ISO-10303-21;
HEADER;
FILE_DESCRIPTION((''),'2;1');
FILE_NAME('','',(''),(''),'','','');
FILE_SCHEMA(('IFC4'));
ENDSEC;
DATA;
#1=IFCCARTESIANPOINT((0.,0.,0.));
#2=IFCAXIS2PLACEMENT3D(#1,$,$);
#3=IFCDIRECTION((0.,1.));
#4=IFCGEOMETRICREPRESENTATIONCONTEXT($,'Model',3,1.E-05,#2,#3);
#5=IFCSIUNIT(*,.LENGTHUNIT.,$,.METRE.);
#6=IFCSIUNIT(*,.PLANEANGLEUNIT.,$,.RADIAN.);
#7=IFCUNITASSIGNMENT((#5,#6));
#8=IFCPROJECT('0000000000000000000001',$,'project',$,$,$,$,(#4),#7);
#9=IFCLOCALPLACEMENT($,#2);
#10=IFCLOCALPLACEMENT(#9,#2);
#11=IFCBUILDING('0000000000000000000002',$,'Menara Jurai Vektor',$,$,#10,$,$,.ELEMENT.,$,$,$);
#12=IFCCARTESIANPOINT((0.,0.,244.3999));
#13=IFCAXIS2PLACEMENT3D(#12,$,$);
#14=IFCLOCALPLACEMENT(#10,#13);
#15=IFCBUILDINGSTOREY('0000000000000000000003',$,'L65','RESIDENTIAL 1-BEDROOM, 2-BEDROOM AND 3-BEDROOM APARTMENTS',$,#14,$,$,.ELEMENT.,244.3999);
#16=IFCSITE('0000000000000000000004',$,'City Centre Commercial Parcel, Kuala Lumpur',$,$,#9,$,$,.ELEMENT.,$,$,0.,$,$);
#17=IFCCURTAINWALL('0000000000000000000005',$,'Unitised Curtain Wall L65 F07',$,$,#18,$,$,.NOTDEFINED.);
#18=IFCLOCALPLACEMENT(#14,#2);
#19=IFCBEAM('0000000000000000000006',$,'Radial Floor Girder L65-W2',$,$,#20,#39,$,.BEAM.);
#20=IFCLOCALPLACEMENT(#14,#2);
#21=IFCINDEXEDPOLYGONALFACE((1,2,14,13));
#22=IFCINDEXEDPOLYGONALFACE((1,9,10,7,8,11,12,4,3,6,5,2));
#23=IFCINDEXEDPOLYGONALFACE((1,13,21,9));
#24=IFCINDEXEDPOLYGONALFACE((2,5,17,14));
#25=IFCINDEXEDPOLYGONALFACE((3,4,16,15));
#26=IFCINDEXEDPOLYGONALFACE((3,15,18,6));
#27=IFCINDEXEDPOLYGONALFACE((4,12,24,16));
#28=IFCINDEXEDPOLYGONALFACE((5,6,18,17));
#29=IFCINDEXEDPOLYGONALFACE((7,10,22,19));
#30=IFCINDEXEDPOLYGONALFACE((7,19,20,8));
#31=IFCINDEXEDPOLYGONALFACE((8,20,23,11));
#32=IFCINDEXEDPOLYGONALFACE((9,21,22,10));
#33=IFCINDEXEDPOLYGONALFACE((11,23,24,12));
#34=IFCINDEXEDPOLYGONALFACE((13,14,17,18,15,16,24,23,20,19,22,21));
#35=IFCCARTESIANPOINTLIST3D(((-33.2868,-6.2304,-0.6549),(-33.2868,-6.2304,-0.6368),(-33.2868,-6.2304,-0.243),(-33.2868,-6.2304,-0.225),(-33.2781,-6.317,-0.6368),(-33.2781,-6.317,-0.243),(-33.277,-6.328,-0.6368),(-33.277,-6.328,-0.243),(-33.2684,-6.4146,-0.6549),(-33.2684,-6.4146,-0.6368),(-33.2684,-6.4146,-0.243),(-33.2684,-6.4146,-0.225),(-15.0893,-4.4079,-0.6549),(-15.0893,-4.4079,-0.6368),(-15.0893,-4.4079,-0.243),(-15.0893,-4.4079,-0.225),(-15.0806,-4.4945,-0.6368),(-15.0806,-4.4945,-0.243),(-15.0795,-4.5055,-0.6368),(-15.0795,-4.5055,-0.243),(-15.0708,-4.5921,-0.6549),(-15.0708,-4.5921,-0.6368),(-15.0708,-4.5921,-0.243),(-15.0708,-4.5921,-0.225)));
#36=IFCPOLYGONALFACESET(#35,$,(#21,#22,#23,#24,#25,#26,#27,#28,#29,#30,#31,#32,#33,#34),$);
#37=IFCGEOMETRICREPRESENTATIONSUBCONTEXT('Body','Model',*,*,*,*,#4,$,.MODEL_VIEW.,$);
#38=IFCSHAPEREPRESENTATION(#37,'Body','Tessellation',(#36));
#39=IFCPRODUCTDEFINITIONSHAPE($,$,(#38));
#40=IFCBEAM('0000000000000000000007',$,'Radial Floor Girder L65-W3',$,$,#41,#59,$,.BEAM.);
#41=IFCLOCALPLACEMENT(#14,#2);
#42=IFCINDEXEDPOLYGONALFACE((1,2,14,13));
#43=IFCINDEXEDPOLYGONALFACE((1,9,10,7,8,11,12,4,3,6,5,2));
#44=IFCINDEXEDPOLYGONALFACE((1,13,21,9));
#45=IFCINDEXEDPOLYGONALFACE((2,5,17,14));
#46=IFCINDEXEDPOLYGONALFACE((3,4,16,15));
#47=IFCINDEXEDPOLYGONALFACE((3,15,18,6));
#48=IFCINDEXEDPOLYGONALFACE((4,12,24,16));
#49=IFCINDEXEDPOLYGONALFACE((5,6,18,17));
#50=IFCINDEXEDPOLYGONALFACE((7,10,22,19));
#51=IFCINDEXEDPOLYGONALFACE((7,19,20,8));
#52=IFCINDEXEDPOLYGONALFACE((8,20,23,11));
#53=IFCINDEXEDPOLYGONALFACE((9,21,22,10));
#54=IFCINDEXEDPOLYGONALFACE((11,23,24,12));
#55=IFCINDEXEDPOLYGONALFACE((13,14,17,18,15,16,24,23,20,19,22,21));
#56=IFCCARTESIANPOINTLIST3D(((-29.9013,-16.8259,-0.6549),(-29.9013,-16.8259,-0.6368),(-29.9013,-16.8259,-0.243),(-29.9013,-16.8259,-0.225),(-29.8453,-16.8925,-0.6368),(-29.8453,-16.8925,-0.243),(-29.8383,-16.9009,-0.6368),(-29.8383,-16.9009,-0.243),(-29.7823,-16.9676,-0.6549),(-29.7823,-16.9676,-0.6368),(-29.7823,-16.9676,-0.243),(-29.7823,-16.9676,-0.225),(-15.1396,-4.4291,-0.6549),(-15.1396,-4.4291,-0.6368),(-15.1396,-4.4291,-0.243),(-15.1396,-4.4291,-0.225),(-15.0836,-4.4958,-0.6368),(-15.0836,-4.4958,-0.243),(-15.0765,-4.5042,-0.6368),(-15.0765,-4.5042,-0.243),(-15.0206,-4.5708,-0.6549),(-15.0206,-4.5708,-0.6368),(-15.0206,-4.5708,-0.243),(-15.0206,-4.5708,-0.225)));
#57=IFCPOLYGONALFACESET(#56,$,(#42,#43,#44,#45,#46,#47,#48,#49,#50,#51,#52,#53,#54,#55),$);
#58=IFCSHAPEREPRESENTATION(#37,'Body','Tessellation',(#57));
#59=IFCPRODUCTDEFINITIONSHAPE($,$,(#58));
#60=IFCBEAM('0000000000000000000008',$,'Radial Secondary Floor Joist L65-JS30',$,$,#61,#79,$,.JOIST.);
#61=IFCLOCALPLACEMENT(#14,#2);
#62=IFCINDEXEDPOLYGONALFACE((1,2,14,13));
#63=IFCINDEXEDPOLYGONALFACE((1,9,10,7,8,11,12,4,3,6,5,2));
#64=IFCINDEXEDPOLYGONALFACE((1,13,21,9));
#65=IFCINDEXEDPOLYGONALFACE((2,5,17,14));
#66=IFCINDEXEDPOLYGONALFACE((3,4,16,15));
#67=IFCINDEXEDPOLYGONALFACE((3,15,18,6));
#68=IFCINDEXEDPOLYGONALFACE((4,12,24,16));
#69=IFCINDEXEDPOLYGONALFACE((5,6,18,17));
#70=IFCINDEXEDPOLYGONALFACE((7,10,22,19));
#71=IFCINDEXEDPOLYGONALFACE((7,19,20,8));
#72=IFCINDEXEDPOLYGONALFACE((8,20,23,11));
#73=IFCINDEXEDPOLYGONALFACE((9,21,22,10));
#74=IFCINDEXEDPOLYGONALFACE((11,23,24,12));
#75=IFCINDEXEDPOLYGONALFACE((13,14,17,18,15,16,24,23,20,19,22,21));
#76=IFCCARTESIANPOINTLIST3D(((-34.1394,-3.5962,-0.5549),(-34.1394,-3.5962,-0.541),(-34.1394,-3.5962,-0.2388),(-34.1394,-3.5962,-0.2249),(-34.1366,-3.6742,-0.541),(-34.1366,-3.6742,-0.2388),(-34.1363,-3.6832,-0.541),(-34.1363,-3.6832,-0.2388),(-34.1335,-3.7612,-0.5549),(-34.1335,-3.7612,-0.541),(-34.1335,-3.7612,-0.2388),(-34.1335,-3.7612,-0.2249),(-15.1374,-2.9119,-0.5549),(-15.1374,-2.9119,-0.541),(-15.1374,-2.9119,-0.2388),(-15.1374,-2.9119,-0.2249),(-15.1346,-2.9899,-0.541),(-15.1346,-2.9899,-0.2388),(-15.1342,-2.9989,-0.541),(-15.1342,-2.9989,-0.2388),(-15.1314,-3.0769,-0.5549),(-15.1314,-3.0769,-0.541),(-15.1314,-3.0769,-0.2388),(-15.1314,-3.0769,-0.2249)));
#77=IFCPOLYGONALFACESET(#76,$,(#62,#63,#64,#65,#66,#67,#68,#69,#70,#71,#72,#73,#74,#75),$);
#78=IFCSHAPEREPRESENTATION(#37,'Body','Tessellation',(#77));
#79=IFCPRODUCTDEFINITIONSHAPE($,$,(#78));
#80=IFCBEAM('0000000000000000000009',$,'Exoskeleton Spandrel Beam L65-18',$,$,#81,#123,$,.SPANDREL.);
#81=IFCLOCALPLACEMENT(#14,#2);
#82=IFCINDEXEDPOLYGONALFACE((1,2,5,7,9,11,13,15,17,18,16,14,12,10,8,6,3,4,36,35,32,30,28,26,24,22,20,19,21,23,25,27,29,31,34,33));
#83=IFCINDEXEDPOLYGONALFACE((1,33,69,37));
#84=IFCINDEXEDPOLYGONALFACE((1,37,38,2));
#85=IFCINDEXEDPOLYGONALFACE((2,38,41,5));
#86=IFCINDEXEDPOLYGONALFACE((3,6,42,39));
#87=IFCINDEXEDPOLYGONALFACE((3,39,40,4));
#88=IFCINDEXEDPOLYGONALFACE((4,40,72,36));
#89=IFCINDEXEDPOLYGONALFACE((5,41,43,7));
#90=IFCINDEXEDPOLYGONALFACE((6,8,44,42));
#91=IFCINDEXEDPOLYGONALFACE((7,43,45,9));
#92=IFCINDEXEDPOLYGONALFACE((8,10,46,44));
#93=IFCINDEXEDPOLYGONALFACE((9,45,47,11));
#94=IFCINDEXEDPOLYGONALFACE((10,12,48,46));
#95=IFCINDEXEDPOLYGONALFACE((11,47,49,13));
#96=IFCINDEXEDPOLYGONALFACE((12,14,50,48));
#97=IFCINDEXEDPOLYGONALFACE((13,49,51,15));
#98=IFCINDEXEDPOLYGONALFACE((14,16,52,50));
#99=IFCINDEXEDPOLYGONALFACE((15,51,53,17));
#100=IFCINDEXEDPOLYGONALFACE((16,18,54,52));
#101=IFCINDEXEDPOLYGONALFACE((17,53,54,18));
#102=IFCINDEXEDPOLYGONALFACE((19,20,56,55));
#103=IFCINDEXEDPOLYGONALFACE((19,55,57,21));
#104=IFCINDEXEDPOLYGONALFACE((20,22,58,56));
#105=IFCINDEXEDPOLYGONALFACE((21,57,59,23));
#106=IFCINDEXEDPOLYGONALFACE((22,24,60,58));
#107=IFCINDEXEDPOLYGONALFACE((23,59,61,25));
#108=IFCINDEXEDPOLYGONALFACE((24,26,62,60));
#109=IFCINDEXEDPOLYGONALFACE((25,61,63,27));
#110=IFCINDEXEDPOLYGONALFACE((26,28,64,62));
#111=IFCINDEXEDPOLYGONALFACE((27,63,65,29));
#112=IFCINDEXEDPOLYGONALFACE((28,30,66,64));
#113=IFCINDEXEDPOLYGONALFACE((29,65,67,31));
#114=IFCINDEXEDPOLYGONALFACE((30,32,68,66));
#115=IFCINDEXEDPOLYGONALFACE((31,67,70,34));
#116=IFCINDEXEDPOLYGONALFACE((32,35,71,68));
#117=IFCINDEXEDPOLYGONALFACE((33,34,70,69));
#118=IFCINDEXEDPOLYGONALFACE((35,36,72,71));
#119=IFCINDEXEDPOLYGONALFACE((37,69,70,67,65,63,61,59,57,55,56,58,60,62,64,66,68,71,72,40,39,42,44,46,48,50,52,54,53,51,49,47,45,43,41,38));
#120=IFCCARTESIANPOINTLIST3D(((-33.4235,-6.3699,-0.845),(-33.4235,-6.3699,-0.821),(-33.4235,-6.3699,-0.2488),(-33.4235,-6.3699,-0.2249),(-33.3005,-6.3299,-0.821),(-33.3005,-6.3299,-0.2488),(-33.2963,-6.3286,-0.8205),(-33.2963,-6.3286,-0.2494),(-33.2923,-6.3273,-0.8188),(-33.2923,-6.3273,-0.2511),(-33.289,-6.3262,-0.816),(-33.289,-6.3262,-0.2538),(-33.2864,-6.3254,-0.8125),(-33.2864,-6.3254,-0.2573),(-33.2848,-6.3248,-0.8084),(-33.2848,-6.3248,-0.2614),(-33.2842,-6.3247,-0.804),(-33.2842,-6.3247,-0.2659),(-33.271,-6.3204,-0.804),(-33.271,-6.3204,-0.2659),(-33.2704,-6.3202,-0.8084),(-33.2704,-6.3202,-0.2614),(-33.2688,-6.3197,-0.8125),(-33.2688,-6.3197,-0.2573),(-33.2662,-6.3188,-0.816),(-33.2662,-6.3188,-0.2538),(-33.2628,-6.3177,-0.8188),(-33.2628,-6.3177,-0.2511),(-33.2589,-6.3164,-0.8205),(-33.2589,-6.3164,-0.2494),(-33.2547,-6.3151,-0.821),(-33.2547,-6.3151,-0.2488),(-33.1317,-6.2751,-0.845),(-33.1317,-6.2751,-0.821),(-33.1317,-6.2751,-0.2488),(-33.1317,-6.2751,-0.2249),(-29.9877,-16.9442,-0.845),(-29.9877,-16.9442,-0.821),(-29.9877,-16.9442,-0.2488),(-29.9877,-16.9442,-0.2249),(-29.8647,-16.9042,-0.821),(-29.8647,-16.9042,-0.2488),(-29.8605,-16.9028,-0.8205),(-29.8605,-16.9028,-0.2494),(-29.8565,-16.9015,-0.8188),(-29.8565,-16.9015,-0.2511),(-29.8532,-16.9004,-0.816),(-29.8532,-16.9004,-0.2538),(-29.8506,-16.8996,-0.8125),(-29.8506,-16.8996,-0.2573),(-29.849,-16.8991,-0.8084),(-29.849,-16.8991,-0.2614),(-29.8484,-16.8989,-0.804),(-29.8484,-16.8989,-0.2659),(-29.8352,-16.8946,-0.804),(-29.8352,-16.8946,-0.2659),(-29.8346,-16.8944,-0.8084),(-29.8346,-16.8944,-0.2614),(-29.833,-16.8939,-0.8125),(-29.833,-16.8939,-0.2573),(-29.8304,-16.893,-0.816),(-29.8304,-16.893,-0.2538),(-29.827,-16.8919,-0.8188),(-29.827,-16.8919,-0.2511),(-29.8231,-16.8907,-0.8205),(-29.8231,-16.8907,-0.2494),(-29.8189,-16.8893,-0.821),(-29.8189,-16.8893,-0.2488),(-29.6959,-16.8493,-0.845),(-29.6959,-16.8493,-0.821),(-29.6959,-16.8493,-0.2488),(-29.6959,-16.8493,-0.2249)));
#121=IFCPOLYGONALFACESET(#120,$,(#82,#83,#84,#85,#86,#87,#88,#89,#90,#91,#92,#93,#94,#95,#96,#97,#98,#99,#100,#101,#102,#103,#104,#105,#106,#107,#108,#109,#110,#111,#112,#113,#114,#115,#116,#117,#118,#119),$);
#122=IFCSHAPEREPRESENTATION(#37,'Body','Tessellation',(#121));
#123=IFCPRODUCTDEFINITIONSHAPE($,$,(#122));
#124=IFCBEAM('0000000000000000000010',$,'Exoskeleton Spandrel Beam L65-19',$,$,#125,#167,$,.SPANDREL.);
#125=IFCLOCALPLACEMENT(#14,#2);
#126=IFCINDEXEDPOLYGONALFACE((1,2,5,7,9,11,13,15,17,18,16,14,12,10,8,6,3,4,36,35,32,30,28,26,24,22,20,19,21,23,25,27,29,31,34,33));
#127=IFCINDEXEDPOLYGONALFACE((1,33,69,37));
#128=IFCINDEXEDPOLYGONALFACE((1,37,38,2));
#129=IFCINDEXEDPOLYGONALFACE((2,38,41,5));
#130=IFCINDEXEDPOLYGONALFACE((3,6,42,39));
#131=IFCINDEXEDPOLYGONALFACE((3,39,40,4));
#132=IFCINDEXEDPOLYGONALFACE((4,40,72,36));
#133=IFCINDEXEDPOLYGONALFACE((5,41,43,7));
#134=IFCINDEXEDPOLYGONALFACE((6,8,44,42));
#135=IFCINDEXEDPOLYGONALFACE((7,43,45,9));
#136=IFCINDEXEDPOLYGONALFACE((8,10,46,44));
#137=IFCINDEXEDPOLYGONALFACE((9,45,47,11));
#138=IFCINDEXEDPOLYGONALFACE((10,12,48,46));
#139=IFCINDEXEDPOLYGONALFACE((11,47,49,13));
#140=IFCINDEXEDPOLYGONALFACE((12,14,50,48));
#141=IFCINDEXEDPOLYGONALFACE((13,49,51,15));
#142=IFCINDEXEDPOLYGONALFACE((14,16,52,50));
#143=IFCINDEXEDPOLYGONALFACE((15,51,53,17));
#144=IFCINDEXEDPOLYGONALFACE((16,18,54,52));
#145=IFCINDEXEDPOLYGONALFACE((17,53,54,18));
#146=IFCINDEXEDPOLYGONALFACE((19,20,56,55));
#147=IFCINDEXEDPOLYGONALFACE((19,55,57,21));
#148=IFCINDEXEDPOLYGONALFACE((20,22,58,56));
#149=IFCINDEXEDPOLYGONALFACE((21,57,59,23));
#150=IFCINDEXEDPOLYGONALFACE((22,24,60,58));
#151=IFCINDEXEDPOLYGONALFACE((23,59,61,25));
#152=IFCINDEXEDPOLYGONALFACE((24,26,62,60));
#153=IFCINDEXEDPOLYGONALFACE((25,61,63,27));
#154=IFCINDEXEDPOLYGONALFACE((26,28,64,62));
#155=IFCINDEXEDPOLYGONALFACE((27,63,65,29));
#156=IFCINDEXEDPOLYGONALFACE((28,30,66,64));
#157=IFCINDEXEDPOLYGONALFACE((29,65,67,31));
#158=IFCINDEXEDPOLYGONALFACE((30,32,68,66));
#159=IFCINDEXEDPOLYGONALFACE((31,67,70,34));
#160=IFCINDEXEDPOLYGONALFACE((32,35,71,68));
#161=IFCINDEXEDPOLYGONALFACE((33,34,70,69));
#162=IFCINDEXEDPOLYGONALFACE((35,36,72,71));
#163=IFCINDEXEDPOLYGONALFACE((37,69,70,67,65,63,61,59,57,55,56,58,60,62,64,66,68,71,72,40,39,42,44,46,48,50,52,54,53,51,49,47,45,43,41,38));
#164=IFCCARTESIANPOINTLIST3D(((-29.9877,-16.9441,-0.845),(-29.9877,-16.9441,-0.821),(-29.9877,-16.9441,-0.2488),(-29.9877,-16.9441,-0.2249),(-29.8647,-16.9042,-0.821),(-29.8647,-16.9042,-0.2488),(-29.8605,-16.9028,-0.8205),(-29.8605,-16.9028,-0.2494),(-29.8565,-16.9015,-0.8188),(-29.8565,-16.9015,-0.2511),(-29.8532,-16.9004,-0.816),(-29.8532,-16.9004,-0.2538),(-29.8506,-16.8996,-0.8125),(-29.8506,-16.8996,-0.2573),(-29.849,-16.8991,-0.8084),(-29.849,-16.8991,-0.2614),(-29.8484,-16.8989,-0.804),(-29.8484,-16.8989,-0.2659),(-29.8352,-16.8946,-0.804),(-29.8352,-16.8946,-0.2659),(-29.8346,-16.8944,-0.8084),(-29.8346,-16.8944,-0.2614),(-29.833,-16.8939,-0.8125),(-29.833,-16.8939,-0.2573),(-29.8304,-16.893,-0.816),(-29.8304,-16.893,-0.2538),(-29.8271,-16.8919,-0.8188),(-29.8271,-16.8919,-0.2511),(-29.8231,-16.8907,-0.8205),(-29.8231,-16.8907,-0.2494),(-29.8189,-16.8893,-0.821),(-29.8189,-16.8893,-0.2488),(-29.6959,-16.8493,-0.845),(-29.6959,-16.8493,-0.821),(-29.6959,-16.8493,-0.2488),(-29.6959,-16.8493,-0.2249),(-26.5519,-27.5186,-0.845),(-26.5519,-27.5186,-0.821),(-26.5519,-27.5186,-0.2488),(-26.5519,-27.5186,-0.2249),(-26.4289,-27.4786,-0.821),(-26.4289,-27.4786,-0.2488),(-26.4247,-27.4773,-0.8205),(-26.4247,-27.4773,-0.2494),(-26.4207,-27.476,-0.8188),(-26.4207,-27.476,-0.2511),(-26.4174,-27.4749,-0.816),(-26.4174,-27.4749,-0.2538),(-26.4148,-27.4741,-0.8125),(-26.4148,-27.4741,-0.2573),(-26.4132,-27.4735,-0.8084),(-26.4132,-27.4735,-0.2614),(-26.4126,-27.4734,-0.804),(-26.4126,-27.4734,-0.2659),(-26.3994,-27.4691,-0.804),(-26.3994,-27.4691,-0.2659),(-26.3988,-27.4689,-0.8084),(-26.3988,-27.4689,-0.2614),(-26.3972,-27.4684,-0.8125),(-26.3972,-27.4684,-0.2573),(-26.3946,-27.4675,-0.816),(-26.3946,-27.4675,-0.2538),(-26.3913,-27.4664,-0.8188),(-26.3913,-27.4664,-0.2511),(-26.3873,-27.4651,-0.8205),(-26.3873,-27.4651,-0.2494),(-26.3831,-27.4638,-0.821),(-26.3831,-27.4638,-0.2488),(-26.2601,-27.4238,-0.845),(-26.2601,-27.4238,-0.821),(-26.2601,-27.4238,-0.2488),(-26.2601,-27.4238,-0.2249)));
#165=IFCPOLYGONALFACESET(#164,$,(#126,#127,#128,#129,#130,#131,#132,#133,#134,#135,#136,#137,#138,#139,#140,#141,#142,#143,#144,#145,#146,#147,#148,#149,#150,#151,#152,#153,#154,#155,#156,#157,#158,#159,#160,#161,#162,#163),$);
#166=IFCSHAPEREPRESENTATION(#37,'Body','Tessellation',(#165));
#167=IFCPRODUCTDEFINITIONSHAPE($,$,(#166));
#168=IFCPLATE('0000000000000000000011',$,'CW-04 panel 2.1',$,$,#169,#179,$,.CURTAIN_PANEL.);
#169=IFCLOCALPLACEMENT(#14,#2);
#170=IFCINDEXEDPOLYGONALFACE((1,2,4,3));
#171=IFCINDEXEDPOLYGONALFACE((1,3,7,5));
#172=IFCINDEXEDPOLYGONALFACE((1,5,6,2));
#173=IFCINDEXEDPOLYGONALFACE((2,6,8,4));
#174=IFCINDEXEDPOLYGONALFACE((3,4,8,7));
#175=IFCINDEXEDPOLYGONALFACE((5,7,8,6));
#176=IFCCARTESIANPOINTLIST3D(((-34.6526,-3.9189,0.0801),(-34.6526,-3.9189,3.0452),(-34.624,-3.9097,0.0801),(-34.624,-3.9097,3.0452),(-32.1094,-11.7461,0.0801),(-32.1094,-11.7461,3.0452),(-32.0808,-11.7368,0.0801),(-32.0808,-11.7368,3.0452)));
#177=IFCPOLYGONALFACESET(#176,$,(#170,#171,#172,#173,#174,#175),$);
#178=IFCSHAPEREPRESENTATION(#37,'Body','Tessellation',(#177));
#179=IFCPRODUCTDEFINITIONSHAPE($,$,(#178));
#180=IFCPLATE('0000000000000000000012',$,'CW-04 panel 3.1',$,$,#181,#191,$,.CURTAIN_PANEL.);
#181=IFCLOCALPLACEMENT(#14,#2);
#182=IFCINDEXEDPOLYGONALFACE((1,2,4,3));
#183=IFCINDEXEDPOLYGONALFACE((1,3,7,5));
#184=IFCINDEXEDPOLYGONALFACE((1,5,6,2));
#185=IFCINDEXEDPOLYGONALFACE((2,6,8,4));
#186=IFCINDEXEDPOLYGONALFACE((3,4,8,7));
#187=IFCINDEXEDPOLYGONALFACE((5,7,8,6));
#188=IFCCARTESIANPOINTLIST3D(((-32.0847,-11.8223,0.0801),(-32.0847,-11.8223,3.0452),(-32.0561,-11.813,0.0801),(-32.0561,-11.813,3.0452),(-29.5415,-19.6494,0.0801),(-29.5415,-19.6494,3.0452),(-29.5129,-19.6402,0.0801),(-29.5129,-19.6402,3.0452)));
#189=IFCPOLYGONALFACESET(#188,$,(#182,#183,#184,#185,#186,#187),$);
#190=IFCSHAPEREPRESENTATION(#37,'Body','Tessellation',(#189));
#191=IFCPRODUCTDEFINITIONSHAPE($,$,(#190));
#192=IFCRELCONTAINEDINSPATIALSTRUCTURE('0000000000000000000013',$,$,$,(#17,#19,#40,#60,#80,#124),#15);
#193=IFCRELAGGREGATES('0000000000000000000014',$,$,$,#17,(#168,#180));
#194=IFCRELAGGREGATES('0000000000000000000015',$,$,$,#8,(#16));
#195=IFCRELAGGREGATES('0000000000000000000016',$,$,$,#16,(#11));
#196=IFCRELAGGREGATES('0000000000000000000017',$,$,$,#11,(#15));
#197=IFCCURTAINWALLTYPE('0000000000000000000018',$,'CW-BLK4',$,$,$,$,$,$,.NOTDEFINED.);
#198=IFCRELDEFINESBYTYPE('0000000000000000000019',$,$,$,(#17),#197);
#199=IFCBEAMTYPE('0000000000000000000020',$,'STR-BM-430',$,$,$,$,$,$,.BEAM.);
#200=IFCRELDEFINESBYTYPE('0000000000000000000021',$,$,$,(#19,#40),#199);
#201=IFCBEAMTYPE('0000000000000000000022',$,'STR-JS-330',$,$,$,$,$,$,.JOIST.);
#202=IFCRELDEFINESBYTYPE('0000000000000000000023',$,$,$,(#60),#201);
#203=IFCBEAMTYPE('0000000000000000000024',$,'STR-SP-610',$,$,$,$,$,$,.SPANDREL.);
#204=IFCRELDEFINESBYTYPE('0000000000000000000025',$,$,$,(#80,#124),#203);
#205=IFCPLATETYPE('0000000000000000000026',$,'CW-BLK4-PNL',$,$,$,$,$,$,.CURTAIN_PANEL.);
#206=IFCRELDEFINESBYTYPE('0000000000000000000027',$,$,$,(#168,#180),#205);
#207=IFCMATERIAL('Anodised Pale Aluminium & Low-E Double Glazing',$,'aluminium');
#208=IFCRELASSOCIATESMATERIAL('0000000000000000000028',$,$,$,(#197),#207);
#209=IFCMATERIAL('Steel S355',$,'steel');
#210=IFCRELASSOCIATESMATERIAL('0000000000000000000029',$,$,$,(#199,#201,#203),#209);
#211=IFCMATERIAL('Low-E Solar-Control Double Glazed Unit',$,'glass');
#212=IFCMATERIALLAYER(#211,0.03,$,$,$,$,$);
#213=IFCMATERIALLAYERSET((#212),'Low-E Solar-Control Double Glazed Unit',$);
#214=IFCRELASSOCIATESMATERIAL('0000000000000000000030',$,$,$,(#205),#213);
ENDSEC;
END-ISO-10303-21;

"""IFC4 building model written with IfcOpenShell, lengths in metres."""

from ifc_helpers import new_model, si_unit, direction, frame, origin, origin_2d, place, context, subcontext, project, spatial, rectangle, i_section, extrude, material, layer, layer_set, material_profile, profile_set, type_object, element, aggregate, save


model = new_model("IFC4")

# Units and contexts
model_context = context("Model", 3, precision=1e-05, world=origin(), true_north=direction((0.0, 1.0)))
body_context = subcontext(model_context, "Body", "Model", "MODEL_VIEW")
ifc_project = project(units=[si_unit("LENGTHUNIT", "METRE"), si_unit("PLANEANGLEUNIT", "RADIAN")], contexts=[model_context])

# Site, building, storey
site_placement = place(None, origin())
site = spatial("IfcSite", under=ifc_project, at=site_placement, Name="City Centre Commercial Parcel, Kuala Lumpur", CompositionType="ELEMENT", RefElevation=0.0)
building_placement = place(site_placement, origin())
building = spatial("IfcBuilding", under=site, at=building_placement, Name="Menara Jurai Vektor", CompositionType="ELEMENT")
storey_placement = place(building_placement, frame((0.0, 0.0, 244.3999)))
storey = spatial("IfcBuildingStorey", under=building, at=storey_placement, Name="L65", Description="RESIDENTIAL 1-BEDROOM, 2-BEDROOM AND 3-BEDROOM APARTMENTS", CompositionType="ELEMENT", Elevation=244.3999)

# Curtain wall
ifc_material_1 = material(Name="Anodised Pale Aluminium & Low-E Double Glazing", Category="aluminium")
curtain_wall_type = type_object("IfcCurtainWallType", Name="CW-BLK4", PredefinedType="NOTDEFINED", material=ifc_material_1)
curtain_wall_placement = place(storey_placement, origin())
curtain_wall = element("IfcCurtainWall", 1, at=curtain_wall_placement, inside=storey, type_object=curtain_wall_type, Name="Unitised Curtain Wall L65 F07", PredefinedType="NOTDEFINED")

# Beams
ifc_material_2 = material(Name="Steel S355", Category="steel")
ifc_material_profile_1 = material_profile(ifc_material_2, i_section(OverallWidth=0.1851, OverallDepth=0.4299, WebThickness=0.011, FlangeThickness=0.0181, at=origin_2d()), Name="PG 430x185x76")
ifc_profile_set_1 = profile_set([ifc_material_profile_1], Name="Steel S355")
beam_type_1 = type_object("IfcBeamType", Name="STR-BM-430", PredefinedType="BEAM", material=ifc_profile_set_1)
beam_1_placement = place(storey_placement, frame((-33.2776, -6.3225, -0.4399), z_axis=(0.995022, 0.099653, 0.0), x_axis=(-0.099653, 0.995022, 0.0)))
element("IfcBeam", 2, at=beam_1_placement, inside=storey, type_object=beam_type_1, Name="Radial Floor Girder L65-W2", PredefinedType="BEAM", context=body_context, shape_type="SweptSolid", body=[
    extrude(i_section(OverallWidth=0.1851, OverallDepth=0.4299, WebThickness=0.011, FlangeThickness=0.0181, at=origin_2d()), origin(), (0.0, 0.0, 1.0), 18.2886),
])
beam_2_placement = place(storey_placement, frame((-29.8418, -16.8967, -0.4399), z_axis=(0.765784, 0.643097, 0.0), x_axis=(-0.643097, 0.765784, 0.0)))
element("IfcBeam", 3, at=beam_2_placement, inside=storey, type_object=beam_type_1, Name="Radial Floor Girder L65-W3", PredefinedType="BEAM", context=body_context, shape_type="SweptSolid", body=[
    extrude(i_section(OverallWidth=0.1851, OverallDepth=0.4299, WebThickness=0.011, FlangeThickness=0.0181, at=origin_2d()), origin(), (0.0, 0.0, 1.0), 19.2766),
])
ifc_material_profile_2 = material_profile(ifc_material_2, i_section(OverallWidth=0.165, OverallDepth=0.3301, WebThickness=0.009, FlangeThickness=0.0139, at=origin_2d()), Name="PG 330x165x46")
ifc_profile_set_2 = profile_set([ifc_material_profile_2], Name="Steel S355")
beam_type_2 = type_object("IfcBeamType", Name="STR-JS-330", PredefinedType="JOIST", material=ifc_profile_set_2)
beam_3_placement = place(storey_placement, frame((-34.1365, -3.6787, -0.3899), z_axis=(0.999352, 0.03599, 0.0), x_axis=(-0.03599, 0.999352, 0.0)))
element("IfcBeam", 4, at=beam_3_placement, inside=storey, type_object=beam_type_2, Name="Radial Secondary Floor Joist L65-JS30", PredefinedType="JOIST", context=body_context, shape_type="SweptSolid", body=[
    extrude(i_section(OverallWidth=0.165, OverallDepth=0.3301, WebThickness=0.009, FlangeThickness=0.0139, at=origin_2d()), origin(), (0.0, 0.0, 1.0), 19.0144),
])
ifc_material_profile_3 = material_profile(ifc_material_2, i_section(OverallWidth=0.3069, OverallDepth=0.6201, WebThickness=0.0139, FlangeThickness=0.0239, FilletRadius=0.0171, at=origin_2d()), Name="UKB 610x305x179")
ifc_profile_set_3 = profile_set([ifc_material_profile_3], Name="Steel S355")
beam_type_3 = type_object("IfcBeamType", Name="STR-SP-610", PredefinedType="SPANDREL", material=ifc_profile_set_3)
beam_4_placement = place(storey_placement, frame((-33.2776, -6.3225, -0.5349), z_axis=(0.309019, -0.951056, 0.0), x_axis=(0.951056, 0.309019, 0.0)))
element("IfcBeam", 5, at=beam_4_placement, inside=storey, type_object=beam_type_3, Name="Exoskeleton Spandrel Beam L65-18", PredefinedType="SPANDREL", context=body_context, shape_type="SweptSolid", body=[
    extrude(i_section(OverallWidth=0.3069, OverallDepth=0.6201, WebThickness=0.0139, FlangeThickness=0.0239, FilletRadius=0.0171, at=origin_2d()), origin(), (0.0, 0.0, 1.0), 11.1184),
])
beam_5_placement = place(storey_placement, frame((-29.8418, -16.8967, -0.5349), z_axis=(0.309012, -0.951058, 0.0), x_axis=(0.951058, 0.309012, 0.0)))
element("IfcBeam", 6, at=beam_5_placement, inside=storey, type_object=beam_type_3, Name="Exoskeleton Spandrel Beam L65-19", PredefinedType="SPANDREL", context=body_context, shape_type="SweptSolid", body=[
    extrude(i_section(OverallWidth=0.3069, OverallDepth=0.6201, WebThickness=0.0139, FlangeThickness=0.0239, FilletRadius=0.0171, at=origin_2d()), origin(), (0.0, 0.0, 1.0), 11.1187),
])

# Plates
ifc_material_3 = material(Name="Low-E Solar-Control Double Glazed Unit", Category="glass")
ifc_layer_1 = layer(ifc_material_3, 0.03)
ifc_layer_set_1 = layer_set([ifc_layer_1], Name="Low-E Solar-Control Double Glazed Unit")
plate_type_1 = type_object("IfcPlateType", Name="CW-BLK4-PNL", PredefinedType="CURTAIN_PANEL", material=ifc_layer_set_1)
plate_1_placement = place(storey_placement, frame((-33.3667, -7.8279, 0.0801), z_axis=(0.0, 0.0, 1.0), x_axis=(0.309016, -0.951057, 0.0)))
plate_1 = element("IfcPlate", 7, at=plate_1_placement, type_object=plate_type_1, Name="CW-04 panel 2.1", PredefinedType="CURTAIN_PANEL", context=body_context, shape_type="SweptSolid", body=[
    extrude(rectangle(XDim=8.23, YDim=0.03, at=origin_2d()), origin(), (0.0, 0.0, 1.0), 2.9651),
])
plate_2_placement = place(storey_placement, frame((-30.7988, -15.7312, 0.0801), z_axis=(0.0, 0.0, 1.0), x_axis=(0.309016, -0.951057, 0.0)))
plate_2 = element("IfcPlate", 8, at=plate_2_placement, type_object=plate_type_1, Name="CW-04 panel 3.1", PredefinedType="CURTAIN_PANEL", context=body_context, shape_type="SweptSolid", body=[
    extrude(rectangle(XDim=8.23, YDim=0.03, at=origin_2d()), origin(), (0.0, 0.0, 1.0), 2.9651),
])
aggregate(curtain_wall, [plate_1, plate_2])

save(model, "model.ifc")
